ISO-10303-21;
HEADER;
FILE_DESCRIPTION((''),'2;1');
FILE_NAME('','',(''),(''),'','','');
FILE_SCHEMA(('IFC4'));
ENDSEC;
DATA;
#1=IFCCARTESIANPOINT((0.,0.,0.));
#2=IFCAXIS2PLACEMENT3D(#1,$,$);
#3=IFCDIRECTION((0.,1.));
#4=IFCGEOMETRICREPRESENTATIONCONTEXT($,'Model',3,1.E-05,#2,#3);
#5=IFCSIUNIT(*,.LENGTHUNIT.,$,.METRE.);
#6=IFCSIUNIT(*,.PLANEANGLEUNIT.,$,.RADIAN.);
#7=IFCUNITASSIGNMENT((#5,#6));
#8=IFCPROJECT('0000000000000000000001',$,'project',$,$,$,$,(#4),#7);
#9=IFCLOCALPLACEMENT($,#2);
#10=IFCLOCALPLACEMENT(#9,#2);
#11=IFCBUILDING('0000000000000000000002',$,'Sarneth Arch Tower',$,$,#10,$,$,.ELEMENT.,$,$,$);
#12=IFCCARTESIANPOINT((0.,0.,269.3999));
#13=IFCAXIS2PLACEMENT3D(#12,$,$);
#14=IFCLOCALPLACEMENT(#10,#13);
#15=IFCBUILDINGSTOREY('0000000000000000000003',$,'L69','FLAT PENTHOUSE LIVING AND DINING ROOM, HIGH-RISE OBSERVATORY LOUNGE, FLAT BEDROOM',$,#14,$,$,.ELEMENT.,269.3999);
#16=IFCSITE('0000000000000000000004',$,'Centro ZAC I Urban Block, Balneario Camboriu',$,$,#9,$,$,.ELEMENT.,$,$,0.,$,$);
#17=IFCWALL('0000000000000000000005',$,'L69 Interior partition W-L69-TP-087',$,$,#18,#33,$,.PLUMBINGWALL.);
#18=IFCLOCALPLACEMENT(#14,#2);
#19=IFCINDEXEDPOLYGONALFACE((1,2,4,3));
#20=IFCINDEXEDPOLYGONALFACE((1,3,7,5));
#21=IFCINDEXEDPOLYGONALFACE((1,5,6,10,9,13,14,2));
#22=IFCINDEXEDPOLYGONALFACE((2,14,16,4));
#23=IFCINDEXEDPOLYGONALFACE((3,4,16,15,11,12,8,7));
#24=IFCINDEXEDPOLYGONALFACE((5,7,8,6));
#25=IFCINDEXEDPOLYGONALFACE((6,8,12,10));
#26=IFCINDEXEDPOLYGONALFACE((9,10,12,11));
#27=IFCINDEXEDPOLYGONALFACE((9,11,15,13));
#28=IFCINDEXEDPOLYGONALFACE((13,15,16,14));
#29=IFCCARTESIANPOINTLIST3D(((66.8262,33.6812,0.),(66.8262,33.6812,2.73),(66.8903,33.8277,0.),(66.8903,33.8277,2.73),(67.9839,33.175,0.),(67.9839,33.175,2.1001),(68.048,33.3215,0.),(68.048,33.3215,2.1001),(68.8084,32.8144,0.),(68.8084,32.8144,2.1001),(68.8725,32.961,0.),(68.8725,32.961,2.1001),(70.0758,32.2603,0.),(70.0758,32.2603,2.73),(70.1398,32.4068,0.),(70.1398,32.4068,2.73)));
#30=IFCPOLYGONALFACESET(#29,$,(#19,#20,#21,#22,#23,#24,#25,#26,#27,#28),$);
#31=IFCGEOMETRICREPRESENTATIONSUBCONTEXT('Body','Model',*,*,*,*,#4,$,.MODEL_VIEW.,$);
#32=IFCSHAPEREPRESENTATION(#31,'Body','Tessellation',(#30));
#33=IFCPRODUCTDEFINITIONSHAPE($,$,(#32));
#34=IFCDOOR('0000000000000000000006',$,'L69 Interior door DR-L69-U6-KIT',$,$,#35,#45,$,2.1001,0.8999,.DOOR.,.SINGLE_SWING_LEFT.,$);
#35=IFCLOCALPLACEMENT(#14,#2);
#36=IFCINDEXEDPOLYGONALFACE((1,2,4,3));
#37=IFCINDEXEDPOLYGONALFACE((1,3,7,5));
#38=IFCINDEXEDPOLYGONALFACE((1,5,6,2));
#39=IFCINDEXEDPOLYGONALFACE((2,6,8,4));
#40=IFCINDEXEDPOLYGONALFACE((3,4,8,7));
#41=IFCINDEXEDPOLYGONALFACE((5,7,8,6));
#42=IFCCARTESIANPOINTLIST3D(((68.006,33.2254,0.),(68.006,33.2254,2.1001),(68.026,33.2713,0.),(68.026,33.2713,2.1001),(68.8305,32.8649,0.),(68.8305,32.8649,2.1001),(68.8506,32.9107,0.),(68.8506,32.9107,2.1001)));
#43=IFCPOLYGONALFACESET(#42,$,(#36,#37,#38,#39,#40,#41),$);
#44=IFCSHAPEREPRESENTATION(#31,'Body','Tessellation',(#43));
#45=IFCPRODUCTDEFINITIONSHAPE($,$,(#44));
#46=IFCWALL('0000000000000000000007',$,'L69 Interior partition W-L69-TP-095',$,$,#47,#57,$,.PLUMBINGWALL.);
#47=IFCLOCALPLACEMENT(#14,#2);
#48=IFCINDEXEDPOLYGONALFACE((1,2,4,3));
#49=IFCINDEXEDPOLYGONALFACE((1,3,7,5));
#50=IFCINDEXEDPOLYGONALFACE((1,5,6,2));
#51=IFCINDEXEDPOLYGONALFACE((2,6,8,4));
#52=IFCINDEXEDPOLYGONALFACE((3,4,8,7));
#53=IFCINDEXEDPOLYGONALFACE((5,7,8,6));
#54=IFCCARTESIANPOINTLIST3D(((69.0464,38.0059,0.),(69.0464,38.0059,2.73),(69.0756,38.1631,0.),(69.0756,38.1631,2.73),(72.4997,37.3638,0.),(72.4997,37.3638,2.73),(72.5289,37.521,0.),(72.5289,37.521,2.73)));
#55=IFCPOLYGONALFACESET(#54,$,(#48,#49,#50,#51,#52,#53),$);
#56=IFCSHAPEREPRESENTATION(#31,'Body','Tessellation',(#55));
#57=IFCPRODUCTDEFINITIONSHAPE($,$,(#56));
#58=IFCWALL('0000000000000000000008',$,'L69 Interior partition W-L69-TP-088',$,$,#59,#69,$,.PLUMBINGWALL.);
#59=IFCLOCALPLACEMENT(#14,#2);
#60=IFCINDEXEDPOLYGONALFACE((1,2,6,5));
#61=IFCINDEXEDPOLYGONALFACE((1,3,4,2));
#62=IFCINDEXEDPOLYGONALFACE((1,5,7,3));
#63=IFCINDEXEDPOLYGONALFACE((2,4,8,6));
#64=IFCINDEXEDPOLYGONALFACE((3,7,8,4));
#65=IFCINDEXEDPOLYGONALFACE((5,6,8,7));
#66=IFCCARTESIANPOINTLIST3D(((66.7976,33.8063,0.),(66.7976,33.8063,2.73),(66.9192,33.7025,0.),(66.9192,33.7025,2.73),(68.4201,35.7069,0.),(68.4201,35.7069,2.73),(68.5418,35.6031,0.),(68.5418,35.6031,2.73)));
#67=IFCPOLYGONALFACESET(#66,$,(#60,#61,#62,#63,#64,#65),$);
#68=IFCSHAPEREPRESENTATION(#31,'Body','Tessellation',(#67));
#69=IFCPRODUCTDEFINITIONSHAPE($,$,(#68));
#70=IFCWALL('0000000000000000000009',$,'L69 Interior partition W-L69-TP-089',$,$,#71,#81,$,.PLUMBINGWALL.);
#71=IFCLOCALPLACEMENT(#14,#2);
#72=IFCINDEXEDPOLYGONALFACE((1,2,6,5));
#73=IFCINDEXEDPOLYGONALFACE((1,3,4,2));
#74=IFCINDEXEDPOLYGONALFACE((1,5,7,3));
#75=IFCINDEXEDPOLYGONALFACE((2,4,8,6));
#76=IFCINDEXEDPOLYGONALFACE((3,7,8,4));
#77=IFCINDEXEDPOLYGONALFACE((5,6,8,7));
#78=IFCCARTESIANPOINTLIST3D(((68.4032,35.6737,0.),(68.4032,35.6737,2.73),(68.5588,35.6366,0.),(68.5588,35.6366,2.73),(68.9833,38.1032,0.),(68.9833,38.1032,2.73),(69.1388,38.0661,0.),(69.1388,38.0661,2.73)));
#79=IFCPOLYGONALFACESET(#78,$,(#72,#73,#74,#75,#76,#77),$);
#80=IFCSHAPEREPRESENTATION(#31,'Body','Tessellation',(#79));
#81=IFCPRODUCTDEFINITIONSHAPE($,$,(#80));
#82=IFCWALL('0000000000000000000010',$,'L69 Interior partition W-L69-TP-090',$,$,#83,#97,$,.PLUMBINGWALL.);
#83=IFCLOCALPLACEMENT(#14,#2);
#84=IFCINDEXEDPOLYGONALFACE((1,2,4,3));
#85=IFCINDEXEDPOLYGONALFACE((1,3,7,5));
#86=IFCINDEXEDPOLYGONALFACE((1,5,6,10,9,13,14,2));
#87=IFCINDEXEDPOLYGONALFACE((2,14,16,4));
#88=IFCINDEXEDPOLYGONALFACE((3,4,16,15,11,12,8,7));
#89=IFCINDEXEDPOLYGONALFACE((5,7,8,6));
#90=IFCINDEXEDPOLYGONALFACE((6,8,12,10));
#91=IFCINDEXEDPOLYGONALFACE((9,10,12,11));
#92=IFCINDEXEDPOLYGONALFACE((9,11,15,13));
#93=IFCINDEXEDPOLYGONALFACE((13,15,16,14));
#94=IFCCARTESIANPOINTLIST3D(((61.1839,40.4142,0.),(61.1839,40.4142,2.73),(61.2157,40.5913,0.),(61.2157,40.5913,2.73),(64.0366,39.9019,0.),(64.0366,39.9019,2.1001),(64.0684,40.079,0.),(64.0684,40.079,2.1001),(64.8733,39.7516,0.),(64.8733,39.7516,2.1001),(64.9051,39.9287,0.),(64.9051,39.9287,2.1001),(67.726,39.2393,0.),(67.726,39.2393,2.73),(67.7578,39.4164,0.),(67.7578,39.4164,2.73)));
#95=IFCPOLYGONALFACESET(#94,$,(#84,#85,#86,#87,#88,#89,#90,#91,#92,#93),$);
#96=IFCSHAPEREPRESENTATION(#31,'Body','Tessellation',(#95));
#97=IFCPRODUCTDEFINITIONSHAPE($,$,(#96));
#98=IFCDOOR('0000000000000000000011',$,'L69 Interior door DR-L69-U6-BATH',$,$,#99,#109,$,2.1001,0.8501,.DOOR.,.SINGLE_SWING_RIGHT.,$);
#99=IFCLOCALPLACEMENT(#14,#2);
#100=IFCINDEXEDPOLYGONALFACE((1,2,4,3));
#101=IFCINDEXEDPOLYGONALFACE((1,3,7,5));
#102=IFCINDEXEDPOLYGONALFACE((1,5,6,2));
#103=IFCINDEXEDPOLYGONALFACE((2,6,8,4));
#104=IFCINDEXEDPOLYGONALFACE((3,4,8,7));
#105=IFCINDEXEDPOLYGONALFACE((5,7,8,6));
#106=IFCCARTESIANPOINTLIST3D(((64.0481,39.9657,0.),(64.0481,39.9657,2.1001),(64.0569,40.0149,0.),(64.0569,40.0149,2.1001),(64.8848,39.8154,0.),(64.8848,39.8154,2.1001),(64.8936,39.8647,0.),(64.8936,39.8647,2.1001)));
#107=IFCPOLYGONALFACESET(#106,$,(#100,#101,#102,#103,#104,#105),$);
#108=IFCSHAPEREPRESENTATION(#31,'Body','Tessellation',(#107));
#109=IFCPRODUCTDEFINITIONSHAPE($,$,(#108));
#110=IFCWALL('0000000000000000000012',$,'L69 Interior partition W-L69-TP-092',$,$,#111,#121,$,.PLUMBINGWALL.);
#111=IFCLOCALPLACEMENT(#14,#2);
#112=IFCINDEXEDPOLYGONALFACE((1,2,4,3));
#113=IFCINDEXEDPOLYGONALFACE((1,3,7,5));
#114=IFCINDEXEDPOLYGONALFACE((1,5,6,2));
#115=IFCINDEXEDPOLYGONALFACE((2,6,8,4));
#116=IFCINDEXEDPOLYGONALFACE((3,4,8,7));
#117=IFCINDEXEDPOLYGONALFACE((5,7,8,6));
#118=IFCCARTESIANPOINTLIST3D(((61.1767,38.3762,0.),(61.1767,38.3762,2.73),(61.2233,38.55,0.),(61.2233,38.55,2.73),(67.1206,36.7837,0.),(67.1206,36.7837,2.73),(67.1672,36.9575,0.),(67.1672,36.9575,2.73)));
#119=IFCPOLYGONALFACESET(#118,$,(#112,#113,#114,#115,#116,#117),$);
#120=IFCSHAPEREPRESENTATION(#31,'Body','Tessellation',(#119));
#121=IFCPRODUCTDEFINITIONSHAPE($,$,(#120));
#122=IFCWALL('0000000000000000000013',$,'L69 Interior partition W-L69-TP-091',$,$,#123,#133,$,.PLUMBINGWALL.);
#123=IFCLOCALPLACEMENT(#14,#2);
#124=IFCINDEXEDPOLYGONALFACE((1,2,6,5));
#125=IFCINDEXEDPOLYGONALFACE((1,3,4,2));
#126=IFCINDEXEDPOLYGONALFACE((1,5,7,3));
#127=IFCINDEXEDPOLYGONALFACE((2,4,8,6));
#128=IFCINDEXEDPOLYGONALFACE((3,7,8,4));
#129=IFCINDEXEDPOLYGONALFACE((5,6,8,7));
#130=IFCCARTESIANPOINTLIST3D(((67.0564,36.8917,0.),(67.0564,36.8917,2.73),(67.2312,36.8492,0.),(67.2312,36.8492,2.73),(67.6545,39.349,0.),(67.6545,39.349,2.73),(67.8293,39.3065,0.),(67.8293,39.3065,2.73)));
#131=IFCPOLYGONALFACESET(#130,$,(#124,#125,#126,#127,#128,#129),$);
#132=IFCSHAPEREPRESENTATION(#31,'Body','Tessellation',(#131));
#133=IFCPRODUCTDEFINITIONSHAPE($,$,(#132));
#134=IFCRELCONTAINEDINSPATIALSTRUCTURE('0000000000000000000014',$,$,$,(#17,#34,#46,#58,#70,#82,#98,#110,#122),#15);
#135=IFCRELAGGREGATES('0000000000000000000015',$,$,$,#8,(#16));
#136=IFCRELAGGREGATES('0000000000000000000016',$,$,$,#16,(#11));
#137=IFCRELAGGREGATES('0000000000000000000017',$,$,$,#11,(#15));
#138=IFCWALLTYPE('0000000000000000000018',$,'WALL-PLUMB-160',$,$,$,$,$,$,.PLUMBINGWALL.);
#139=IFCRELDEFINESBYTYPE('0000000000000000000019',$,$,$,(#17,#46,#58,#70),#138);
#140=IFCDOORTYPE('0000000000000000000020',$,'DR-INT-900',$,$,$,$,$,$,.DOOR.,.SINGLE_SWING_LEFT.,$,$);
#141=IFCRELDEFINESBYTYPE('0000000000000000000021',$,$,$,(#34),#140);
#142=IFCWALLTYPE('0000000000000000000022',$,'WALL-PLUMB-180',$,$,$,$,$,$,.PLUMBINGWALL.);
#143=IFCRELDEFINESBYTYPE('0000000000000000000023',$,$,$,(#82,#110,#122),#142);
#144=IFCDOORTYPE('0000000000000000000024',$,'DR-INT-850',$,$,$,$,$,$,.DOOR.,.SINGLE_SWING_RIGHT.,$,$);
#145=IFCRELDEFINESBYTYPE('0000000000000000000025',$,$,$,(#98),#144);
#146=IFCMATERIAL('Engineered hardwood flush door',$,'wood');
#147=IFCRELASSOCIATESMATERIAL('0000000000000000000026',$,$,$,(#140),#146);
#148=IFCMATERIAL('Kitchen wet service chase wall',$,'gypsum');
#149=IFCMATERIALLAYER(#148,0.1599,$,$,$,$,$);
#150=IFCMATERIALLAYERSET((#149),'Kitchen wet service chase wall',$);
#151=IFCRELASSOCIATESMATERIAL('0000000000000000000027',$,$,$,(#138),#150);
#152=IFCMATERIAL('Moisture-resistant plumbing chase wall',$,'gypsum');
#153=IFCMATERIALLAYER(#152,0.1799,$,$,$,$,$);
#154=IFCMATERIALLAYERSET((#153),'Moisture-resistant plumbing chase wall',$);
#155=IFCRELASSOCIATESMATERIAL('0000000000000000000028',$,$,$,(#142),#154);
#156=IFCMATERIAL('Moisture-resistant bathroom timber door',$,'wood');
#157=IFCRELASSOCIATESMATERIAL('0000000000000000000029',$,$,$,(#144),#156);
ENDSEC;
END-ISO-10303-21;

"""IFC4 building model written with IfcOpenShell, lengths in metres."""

from ifc_helpers import new_model, si_unit, direction, frame, frame_2d, origin, place, context, subcontext, project, spatial, rectangle, extrude, material, layer, layer_set, type_object, element, fill, save


model = new_model("IFC4")

# Units and contexts
model_context = context("Model", 3, precision=1e-05, world=origin(), true_north=direction((0.0, 1.0)))
body_context = subcontext(model_context, "Body", "Model", "MODEL_VIEW")
ifc_project = project(units=[si_unit("LENGTHUNIT", "METRE"), si_unit("PLANEANGLEUNIT", "RADIAN")], contexts=[model_context])

# Site, building, storey
site_placement = place(None, origin())
site = spatial("IfcSite", under=ifc_project, at=site_placement, Name="Centro ZAC I Urban Block, Balneario Camboriu", CompositionType="ELEMENT", RefElevation=0.0)
building_placement = place(site_placement, origin())
building = spatial("IfcBuilding", under=site, at=building_placement, Name="Sarneth Arch Tower", CompositionType="ELEMENT")
storey_placement = place(building_placement, frame((0.0, 0.0, 269.3999)))
storey = spatial("IfcBuildingStorey", under=building, at=storey_placement, Name="L69", Description="FLAT PENTHOUSE LIVING AND DINING ROOM, HIGH-RISE OBSERVATORY LOUNGE, FLAT BEDROOM", CompositionType="ELEMENT", Elevation=269.3999)

# Wall, opening, door
ifc_material_1 = material(Name="Engineered hardwood flush door", Category="wood")
door_type_1 = type_object("IfcDoorType", Name="DR-INT-900", OperationType="SINGLE_SWING_LEFT", PredefinedType="DOOR", material=ifc_material_1)
ifc_material_2 = material(Name="Kitchen wet service chase wall", Category="gypsum")
ifc_layer_1 = layer(ifc_material_2, 0.1599)
ifc_layer_set_1 = layer_set([ifc_layer_1], Name="Kitchen wet service chase wall")
wall_type_1 = type_object("IfcWallType", Name="WALL-PLUMB-160", PredefinedType="PLUMBINGWALL", material=ifc_layer_set_1)
wall_1_placement = place(storey_placement, frame((70.1079, 32.3335, 0.0), z_axis=(0.0, 0.0, 1.0), x_axis=(-0.916236, 0.400638, 0.0)))
wall_1 = element("IfcWall", 1, at=wall_1_placement, inside=storey, type_object=wall_type_1, Name="L69 Interior partition W-L69-TP-087", PredefinedType="PLUMBINGWALL", context=body_context, shape_type="SweptSolid", body=[
    extrude(rectangle(XDim=3.5466, YDim=0.1599, at=frame_2d((1.7734, 0.0))), origin(), (0.0, 0.0, 1.0), 2.73),
])
opening_1_placement = place(wall_1_placement, frame((1.3833, 0.0, 0.0)))
opening_1 = element("IfcOpeningElement", 2, at=opening_1_placement, cuts=wall_1, PredefinedType="OPENING", context=body_context, shape_type="SweptSolid", body=[
    extrude(rectangle(XDim=0.8999, YDim=2.1001, at=frame_2d((0.45, 1.05))), frame((0.0, 0.0898, 0.0), z_axis=(0.0, -1.0, 0.0), x_axis=(1.0, 0.0, 0.0)), (0.0, 0.0, 1.0), 0.1799),
])
door_1_placement = place(opening_1_placement, origin())
door_1 = element("IfcDoor", 3, at=door_1_placement, inside=storey, type_object=door_type_1, Name="L69 Interior door DR-L69-U6-KIT", OperationType="SINGLE_SWING_LEFT", OverallHeight=2.1001, OverallWidth=0.8999, PredefinedType="DOOR", context=body_context, shape_type="SweptSolid", body=[
    extrude(rectangle(XDim=0.8999, YDim=2.1001, at=frame_2d((0.45, 1.05))), frame((0.0, 0.0249, 0.0), z_axis=(0.0, -1.0, 0.0), x_axis=(1.0, 0.0, 0.0)), (0.0, 0.0, 1.0), 0.05),
])
fill(opening_1, door_1)

# Walls
wall_2_placement = place(storey_placement, frame((72.5144, 37.4424, 0.0), z_axis=(0.0, 0.0, 1.0), x_axis=(-0.98315, 0.182799, 0.0)))
element("IfcWall", 4, at=wall_2_placement, inside=storey, type_object=wall_type_1, Name="L69 Interior partition W-L69-TP-095", PredefinedType="PLUMBINGWALL", context=body_context, shape_type="SweptSolid", body=[
    extrude(rectangle(XDim=3.5125, YDim=0.1599, at=frame_2d((1.7563, 0.0))), origin(), (0.0, 0.0, 1.0), 2.73),
])
wall_3_placement = place(storey_placement, frame((66.8584, 33.7544, 0.0), z_axis=(0.0, 0.0, 1.0), x_axis=(0.649278, 0.760552, 0.0)))
element("IfcWall", 5, at=wall_3_placement, inside=storey, type_object=wall_type_1, Name="L69 Interior partition W-L69-TP-088", PredefinedType="PLUMBINGWALL", context=body_context, shape_type="SweptSolid", body=[
    extrude(rectangle(XDim=2.499, YDim=0.1599, at=frame_2d((1.2495, 0.0))), origin(), (0.0, 0.0, 1.0), 2.73),
])
wall_4_placement = place(storey_placement, frame((68.481, 35.655, 0.0), z_axis=(0.0, 0.0, 1.0), x_axis=(0.232242, 0.972658, 0.0)))
element("IfcWall", 6, at=wall_4_placement, inside=storey, type_object=wall_type_1, Name="L69 Interior partition W-L69-TP-089", PredefinedType="PLUMBINGWALL", context=body_context, shape_type="SweptSolid", body=[
    extrude(rectangle(XDim=2.4978, YDim=0.1599, at=frame_2d((1.249, 0.0))), origin(), (0.0, 0.0, 1.0), 2.73),
])

# Wall, opening, door
ifc_material_3 = material(Name="Moisture-resistant plumbing chase wall", Category="gypsum")
ifc_layer_2 = layer(ifc_material_3, 0.1799)
ifc_layer_set_2 = layer_set([ifc_layer_2], Name="Moisture-resistant plumbing chase wall")
wall_type_2 = type_object("IfcWallType", Name="WALL-PLUMB-180", PredefinedType="PLUMBINGWALL", material=ifc_layer_set_2)
wall_5_placement = place(storey_placement, frame((61.2, 40.5027, 0.0), z_axis=(0.0, 0.0, 1.0), x_axis=(0.984255, -0.176752, 0.0)))
wall_5 = element("IfcWall", 7, at=wall_5_placement, inside=storey, type_object=wall_type_2, Name="L69 Interior partition W-L69-TP-090", PredefinedType="PLUMBINGWALL", context=body_context, shape_type="SweptSolid", body=[
    extrude(rectangle(XDim=6.6467, YDim=0.1799, at=frame_2d((3.3232, 0.0))), origin(), (0.0, 0.0, 1.0), 2.73),
])
opening_2_placement = place(wall_5_placement, frame((2.8982, 0.0, 0.0)))
opening_2 = element("IfcOpeningElement", 8, at=opening_2_placement, cuts=wall_5, PredefinedType="OPENING", context=body_context, shape_type="SweptSolid", body=[
    extrude(rectangle(XDim=0.8501, YDim=2.1001, at=frame_2d((0.425, 1.05))), frame((0.0, 0.0999, 0.0), z_axis=(0.0, -1.0, 0.0), x_axis=(1.0, 0.0, 0.0)), (0.0, 0.0, 1.0), 0.2),
])
ifc_material_4 = material(Name="Moisture-resistant bathroom timber door", Category="wood")
door_type_2 = type_object("IfcDoorType", Name="DR-INT-850", OperationType="SINGLE_SWING_RIGHT", PredefinedType="DOOR", material=ifc_material_4)
door_2_placement = place(opening_2_placement, origin())
door_2 = element("IfcDoor", 9, at=door_2_placement, inside=storey, type_object=door_type_2, Name="L69 Interior door DR-L69-U6-BATH", OperationType="SINGLE_SWING_RIGHT", OverallHeight=2.1001, OverallWidth=0.8501, PredefinedType="DOOR", context=body_context, shape_type="SweptSolid", body=[
    extrude(rectangle(XDim=0.8501, YDim=2.1001, at=frame_2d((0.425, 1.05))), frame((0.0, 0.0249, 0.0), z_axis=(0.0, -1.0, 0.0), x_axis=(1.0, 0.0, 0.0)), (0.0, 0.0, 1.0), 0.05),
])
fill(opening_2, door_2)

# Walls
wall_6_placement = place(storey_placement, frame((67.1438, 36.8706, 0.0), z_axis=(0.0, 0.0, 1.0), x_axis=(-0.965931, 0.258801, 0.0)))
element("IfcWall", 10, at=wall_6_placement, inside=storey, type_object=wall_type_2, Name="L69 Interior partition W-L69-TP-092", PredefinedType="PLUMBINGWALL", context=body_context, shape_type="SweptSolid", body=[
    extrude(rectangle(XDim=6.1536, YDim=0.1799, at=frame_2d((3.0767, 0.0))), origin(), (0.0, 0.0, 1.0), 2.73),
])
wall_7_placement = place(storey_placement, frame((67.7419, 39.3279, 0.0), z_axis=(0.0, 0.0, 1.0), x_axis=(-0.236512, -0.971629, 0.0)))
element("IfcWall", 11, at=wall_7_placement, inside=storey, type_object=wall_type_2, Name="L69 Interior partition W-L69-TP-091", PredefinedType="PLUMBINGWALL", context=body_context, shape_type="SweptSolid", body=[
    extrude(rectangle(XDim=2.5291, YDim=0.1799, at=frame_2d((1.2646, 0.0))), origin(), (0.0, 0.0, 1.0), 2.73),
])

save(model, "model.ifc")
